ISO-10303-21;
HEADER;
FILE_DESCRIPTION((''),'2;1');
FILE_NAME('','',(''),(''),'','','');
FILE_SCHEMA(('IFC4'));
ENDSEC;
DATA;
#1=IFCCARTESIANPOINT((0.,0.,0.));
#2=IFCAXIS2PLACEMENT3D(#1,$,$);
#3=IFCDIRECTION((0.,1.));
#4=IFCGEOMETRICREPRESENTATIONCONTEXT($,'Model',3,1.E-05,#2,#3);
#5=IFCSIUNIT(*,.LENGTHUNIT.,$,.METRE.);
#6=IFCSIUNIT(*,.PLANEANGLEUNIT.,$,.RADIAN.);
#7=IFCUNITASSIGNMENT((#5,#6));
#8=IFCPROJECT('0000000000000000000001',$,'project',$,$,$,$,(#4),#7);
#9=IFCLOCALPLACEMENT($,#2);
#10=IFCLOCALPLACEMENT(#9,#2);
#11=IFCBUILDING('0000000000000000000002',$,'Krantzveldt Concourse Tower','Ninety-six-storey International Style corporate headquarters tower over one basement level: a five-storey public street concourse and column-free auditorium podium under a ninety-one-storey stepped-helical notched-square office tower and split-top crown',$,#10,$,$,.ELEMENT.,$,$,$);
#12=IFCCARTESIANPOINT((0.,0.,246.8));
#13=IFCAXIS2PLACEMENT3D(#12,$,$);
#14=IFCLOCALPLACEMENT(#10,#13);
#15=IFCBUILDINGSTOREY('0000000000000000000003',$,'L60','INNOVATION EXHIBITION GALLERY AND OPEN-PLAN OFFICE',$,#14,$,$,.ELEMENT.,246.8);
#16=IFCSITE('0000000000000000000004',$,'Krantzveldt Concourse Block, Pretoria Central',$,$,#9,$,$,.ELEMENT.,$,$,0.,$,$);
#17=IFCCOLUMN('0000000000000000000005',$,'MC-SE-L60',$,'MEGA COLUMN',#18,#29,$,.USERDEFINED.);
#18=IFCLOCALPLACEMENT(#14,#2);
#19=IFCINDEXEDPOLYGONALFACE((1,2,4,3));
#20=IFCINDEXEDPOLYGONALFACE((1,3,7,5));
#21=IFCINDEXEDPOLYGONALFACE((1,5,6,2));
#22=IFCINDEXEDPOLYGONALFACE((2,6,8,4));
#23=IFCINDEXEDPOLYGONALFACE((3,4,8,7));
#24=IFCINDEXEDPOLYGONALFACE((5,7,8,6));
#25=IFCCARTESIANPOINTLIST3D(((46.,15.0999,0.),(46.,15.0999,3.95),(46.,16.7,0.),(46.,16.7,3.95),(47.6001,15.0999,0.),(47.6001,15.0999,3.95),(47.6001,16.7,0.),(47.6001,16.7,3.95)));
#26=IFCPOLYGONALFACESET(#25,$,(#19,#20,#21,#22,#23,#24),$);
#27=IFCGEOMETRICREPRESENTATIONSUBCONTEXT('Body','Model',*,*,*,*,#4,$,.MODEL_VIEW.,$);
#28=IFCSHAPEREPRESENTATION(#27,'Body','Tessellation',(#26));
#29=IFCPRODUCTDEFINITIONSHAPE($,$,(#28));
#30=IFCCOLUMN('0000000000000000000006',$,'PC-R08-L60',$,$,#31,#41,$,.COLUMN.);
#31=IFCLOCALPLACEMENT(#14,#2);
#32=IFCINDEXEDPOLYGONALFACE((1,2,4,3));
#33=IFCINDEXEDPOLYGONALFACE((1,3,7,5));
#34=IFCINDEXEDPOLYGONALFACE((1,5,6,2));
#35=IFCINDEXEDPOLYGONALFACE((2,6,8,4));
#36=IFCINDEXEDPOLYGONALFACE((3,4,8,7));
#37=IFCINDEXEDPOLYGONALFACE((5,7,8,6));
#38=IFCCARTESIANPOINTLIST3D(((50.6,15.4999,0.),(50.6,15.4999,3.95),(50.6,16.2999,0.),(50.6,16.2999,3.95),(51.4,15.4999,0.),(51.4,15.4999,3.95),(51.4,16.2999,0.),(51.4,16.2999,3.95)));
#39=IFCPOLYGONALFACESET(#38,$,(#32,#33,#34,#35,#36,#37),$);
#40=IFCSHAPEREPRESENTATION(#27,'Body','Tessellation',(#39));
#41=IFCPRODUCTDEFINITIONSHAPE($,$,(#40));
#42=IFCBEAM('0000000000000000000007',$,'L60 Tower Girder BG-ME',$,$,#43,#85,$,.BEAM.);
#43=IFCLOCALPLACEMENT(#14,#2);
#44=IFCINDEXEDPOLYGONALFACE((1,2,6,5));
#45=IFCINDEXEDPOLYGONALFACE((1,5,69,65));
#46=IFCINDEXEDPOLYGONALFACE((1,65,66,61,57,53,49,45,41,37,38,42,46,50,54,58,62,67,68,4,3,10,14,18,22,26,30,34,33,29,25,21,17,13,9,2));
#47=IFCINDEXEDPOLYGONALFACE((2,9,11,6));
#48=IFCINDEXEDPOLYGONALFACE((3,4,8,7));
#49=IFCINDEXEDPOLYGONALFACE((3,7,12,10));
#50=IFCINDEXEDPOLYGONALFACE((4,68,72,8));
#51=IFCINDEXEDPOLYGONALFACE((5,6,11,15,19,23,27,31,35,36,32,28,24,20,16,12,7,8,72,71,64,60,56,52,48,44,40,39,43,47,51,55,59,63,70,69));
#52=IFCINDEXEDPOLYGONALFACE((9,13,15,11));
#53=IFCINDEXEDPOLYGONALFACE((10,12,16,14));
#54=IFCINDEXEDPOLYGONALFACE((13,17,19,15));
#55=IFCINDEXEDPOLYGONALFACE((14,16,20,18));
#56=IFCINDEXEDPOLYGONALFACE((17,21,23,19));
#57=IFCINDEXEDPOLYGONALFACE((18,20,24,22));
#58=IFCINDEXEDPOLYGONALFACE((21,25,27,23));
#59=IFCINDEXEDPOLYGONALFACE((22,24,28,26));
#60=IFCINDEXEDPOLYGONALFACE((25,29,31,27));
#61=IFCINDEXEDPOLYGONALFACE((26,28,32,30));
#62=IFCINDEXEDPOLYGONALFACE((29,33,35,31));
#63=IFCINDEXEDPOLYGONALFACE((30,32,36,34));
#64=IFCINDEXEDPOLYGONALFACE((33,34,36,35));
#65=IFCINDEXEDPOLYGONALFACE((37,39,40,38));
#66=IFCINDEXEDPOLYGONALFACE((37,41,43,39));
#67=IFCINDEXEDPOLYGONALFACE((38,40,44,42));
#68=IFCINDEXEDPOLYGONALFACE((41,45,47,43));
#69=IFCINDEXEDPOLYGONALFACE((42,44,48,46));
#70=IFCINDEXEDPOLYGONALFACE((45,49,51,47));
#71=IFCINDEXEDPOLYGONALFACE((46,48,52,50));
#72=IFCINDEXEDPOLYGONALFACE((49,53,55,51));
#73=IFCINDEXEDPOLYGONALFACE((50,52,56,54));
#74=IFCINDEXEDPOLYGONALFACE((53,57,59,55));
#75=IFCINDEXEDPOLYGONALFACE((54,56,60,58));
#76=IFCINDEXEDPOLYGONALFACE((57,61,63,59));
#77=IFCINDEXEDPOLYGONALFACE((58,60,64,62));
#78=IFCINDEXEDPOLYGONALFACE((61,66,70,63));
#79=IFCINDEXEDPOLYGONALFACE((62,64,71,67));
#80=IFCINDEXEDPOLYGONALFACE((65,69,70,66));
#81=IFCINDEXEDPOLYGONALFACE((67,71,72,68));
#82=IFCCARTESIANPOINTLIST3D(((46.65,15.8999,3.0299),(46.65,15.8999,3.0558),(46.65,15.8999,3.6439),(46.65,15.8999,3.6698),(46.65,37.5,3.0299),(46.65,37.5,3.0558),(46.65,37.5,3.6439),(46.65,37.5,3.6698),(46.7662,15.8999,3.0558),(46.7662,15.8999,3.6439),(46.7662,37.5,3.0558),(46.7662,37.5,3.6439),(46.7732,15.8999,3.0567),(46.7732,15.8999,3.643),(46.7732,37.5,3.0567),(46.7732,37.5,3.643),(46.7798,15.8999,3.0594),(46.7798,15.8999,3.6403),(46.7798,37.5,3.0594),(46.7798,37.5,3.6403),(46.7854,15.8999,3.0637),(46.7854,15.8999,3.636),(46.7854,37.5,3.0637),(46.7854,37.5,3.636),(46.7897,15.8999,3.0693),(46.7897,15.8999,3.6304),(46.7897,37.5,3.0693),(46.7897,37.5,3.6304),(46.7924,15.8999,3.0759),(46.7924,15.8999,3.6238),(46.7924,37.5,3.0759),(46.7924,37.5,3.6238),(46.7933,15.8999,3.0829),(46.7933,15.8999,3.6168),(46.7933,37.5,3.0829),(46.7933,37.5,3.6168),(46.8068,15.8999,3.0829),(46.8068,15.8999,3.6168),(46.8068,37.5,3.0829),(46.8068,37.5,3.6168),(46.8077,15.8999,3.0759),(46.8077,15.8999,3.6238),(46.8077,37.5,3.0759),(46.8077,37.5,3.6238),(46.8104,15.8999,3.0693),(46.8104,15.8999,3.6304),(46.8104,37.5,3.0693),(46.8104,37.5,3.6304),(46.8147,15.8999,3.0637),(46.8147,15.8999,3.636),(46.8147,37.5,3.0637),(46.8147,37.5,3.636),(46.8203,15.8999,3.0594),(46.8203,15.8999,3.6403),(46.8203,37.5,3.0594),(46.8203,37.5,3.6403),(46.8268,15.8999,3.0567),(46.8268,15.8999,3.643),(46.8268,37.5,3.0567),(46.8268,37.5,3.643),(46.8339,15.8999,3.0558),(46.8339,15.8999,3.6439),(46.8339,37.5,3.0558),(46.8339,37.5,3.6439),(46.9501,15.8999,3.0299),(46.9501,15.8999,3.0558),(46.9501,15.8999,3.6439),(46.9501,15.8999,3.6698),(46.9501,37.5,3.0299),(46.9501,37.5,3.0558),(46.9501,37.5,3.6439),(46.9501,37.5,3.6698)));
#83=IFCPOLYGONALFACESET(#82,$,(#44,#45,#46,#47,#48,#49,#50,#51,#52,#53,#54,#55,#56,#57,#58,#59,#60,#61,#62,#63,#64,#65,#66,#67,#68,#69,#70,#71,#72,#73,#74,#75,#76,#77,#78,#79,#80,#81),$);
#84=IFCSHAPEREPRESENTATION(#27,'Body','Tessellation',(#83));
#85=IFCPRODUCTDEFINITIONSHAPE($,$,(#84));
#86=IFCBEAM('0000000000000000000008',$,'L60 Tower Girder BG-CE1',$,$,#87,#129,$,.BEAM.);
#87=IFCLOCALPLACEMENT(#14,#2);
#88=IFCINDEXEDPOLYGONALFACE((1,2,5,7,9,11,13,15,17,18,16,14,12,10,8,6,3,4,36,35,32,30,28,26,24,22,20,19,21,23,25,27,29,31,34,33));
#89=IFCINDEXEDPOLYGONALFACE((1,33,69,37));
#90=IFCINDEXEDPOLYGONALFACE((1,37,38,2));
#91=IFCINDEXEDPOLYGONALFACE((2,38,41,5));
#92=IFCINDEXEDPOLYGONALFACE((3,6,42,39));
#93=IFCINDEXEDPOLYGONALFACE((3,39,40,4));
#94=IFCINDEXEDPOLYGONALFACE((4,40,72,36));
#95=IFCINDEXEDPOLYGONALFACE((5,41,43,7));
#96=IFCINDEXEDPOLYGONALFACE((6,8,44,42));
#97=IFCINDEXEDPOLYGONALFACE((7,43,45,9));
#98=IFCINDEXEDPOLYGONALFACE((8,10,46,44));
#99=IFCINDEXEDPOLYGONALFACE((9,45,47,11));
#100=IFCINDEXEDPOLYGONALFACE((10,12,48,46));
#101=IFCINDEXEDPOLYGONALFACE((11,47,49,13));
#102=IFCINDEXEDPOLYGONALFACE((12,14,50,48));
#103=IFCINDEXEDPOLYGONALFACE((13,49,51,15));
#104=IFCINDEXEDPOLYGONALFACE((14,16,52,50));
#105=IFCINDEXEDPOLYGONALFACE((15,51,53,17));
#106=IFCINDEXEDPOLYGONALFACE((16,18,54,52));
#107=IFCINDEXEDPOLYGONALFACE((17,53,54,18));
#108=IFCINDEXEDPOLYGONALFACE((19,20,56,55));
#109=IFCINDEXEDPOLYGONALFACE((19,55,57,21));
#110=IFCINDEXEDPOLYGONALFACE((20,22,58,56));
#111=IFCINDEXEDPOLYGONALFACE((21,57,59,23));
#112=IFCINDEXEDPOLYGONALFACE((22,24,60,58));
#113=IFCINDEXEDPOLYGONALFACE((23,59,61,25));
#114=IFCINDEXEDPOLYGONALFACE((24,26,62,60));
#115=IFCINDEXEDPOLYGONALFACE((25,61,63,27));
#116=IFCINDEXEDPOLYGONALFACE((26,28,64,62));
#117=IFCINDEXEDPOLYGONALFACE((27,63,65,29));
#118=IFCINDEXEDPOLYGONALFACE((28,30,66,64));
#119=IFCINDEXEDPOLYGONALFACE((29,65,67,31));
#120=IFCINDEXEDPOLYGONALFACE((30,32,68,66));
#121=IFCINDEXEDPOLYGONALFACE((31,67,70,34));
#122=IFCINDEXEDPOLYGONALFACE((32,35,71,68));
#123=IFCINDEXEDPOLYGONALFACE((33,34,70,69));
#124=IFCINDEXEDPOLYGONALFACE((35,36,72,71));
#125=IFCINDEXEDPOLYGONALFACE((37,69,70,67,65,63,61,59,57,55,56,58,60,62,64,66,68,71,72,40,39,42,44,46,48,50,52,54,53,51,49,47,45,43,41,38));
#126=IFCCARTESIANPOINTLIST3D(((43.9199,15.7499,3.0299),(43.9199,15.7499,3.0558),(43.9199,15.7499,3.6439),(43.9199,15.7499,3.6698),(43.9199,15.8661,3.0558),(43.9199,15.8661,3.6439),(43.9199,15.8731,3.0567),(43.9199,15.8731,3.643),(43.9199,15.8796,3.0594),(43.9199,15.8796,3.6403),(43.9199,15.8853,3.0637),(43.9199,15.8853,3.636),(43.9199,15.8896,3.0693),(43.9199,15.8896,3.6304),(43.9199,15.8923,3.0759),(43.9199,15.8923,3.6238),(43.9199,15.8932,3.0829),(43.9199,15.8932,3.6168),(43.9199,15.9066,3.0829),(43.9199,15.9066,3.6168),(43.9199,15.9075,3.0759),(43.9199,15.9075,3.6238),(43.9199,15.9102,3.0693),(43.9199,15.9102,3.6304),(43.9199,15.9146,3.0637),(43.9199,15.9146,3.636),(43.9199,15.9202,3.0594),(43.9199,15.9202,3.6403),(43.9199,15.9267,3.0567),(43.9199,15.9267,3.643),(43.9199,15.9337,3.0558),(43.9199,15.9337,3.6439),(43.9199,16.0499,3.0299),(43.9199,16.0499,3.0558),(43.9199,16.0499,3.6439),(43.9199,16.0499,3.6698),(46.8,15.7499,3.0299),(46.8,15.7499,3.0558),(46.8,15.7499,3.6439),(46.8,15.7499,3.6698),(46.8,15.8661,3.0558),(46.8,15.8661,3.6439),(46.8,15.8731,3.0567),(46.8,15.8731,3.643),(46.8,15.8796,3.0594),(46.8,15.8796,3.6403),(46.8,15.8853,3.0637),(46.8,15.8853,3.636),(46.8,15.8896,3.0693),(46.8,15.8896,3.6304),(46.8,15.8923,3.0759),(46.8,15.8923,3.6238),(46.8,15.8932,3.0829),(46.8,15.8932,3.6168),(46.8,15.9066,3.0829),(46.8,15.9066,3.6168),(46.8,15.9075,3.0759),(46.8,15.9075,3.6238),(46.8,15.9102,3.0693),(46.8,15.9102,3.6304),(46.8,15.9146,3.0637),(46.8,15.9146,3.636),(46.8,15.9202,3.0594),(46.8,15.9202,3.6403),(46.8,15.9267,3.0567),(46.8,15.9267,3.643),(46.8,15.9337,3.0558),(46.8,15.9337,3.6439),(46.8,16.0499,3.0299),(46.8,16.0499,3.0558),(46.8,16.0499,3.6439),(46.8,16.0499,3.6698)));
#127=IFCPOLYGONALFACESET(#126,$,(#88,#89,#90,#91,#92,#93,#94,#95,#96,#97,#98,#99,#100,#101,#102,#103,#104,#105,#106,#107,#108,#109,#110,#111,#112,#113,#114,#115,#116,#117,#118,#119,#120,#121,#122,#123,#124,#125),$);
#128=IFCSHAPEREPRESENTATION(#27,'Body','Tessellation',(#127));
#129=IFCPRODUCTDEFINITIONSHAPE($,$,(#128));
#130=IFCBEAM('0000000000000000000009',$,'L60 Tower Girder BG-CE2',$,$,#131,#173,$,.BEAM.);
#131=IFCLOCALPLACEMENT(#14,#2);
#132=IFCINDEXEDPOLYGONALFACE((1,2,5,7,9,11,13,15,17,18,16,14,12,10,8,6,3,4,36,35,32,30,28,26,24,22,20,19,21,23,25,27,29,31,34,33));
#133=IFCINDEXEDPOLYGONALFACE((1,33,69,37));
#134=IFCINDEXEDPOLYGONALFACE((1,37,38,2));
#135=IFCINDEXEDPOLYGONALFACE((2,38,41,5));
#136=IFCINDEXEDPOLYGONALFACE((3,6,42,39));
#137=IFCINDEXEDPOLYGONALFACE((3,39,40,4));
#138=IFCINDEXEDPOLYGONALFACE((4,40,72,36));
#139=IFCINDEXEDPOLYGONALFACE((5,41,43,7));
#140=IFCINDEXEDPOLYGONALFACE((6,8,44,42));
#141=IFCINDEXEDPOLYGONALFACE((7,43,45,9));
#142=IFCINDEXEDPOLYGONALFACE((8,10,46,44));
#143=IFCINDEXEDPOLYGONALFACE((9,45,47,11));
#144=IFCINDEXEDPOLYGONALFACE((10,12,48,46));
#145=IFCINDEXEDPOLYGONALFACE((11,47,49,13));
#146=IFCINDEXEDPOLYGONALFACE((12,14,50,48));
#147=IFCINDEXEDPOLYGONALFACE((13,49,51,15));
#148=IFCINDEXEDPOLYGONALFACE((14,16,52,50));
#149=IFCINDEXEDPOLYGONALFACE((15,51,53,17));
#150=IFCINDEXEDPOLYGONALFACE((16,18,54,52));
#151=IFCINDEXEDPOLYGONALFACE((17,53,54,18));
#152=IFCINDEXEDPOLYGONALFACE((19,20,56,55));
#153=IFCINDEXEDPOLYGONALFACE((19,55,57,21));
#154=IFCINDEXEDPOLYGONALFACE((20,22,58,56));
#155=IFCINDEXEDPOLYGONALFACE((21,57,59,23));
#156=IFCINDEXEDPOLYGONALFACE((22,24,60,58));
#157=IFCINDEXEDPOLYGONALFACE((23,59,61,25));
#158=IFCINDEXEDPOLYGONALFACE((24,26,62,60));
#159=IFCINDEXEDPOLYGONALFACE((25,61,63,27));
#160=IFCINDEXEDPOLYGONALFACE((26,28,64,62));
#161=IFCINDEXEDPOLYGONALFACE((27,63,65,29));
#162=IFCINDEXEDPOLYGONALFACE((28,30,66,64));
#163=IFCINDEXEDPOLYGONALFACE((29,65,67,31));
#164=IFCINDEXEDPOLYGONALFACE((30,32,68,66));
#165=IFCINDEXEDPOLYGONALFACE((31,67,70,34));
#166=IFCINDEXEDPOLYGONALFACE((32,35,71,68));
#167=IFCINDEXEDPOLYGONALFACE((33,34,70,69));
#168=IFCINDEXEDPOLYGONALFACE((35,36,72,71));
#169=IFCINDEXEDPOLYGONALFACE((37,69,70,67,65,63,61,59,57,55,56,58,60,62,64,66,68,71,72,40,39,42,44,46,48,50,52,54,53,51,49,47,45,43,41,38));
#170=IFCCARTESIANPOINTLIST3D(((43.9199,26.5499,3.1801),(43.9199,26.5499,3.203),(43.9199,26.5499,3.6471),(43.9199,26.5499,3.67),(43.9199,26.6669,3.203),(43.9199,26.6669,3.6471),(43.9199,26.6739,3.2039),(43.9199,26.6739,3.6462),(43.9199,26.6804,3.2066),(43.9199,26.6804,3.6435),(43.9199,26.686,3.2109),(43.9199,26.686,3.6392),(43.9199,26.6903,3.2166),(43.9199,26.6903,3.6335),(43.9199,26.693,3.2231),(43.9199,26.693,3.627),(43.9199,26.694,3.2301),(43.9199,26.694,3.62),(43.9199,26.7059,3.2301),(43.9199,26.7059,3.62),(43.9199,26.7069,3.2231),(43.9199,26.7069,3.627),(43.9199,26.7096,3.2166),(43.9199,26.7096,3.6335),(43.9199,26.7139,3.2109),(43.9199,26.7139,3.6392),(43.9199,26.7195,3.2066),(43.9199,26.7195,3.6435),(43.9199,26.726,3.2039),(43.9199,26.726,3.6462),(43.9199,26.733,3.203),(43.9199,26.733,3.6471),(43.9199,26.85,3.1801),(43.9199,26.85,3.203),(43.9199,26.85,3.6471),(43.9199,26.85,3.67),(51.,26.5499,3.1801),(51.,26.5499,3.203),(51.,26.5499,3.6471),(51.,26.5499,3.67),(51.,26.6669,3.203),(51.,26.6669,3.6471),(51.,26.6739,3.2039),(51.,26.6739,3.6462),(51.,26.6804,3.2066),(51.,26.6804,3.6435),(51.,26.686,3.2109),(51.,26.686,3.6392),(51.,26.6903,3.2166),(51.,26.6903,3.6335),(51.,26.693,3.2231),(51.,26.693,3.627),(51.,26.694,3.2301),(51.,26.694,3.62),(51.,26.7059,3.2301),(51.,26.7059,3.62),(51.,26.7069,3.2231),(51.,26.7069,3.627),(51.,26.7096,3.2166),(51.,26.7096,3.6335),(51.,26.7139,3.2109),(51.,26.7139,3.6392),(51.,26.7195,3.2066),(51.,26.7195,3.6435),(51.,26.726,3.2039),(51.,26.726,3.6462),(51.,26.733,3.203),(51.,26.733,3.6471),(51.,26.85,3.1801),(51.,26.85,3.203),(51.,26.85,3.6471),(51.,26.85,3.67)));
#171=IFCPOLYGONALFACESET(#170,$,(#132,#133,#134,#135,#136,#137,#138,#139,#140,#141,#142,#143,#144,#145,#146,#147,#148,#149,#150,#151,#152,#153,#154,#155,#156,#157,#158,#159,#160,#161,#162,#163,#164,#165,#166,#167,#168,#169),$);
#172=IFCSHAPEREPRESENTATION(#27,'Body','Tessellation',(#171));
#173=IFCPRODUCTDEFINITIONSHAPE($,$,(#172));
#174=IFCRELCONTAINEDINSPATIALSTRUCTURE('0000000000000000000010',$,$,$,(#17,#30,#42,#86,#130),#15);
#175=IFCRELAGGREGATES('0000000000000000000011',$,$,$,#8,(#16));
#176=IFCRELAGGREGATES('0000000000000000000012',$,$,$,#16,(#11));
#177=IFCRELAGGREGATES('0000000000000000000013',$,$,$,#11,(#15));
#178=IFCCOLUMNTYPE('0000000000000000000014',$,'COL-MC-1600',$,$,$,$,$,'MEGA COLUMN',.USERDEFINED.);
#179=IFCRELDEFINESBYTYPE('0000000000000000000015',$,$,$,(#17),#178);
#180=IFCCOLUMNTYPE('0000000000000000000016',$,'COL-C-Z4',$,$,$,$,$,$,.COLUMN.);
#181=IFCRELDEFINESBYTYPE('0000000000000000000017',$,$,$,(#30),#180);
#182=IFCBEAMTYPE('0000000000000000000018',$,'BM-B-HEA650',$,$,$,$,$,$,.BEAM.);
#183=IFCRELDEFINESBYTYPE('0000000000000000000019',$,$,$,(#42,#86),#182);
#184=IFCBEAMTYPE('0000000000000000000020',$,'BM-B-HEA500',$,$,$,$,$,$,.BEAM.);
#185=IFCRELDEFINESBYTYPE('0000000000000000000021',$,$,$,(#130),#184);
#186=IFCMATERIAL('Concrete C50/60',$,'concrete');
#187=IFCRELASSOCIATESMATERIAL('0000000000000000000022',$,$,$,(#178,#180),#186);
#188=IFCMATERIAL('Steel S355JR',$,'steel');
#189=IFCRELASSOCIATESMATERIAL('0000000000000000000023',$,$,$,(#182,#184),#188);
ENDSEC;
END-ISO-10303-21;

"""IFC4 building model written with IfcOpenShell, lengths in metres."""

from ifc_helpers import new_model, si_unit, direction, frame, origin, origin_2d, place, context, subcontext, project, spatial, rectangle, i_section, extrude, source, transform, mapped, material, material_profile, profile_set, type_object, type_shapes, element, save


model = new_model("IFC4")

# Units and contexts
model_context = context("Model", 3, precision=1e-05, world=origin(), true_north=direction((0.0, 1.0)))
body_context = subcontext(model_context, "Body", "Model", "MODEL_VIEW")
ifc_project = project(units=[si_unit("LENGTHUNIT", "METRE"), si_unit("PLANEANGLEUNIT", "RADIAN")], contexts=[model_context])

# Site, building, storey
site_placement = place(None, origin())
site = spatial("IfcSite", under=ifc_project, at=site_placement, Name="Krantzveldt Concourse Block, Pretoria Central", CompositionType="ELEMENT", RefElevation=0.0)
building_placement = place(site_placement, origin())
building = spatial("IfcBuilding", under=site, at=building_placement, Name="Krantzveldt Concourse Tower", Description="Ninety-six-storey International Style corporate headquarters tower over one basement level: a five-storey public street concourse and column-free auditorium podium under a ninety-one-storey stepped-helical notched-square office tower and split-top crown", CompositionType="ELEMENT")
storey_placement = place(building_placement, frame((0.0, 0.0, 246.8)))
storey = spatial("IfcBuildingStorey", under=building, at=storey_placement, Name="L60", Description="INNOVATION EXHIBITION GALLERY AND OPEN-PLAN OFFICE", CompositionType="ELEMENT", Elevation=246.8)

# Columns
ifc_material_1 = material(Name="Concrete C50/60", Category="concrete")
ifc_material_profile_1 = material_profile(ifc_material_1, rectangle(XDim=1.6001, YDim=1.6001, at=origin_2d()), Name="Concrete C50/60", Category="concrete")
ifc_profile_set_1 = profile_set([ifc_material_profile_1], Name="Concrete C50/60 - RC 1600x1600")
column_type_1 = type_object("IfcColumnType", Name="COL-MC-1600", ElementType="MEGA COLUMN", PredefinedType="USERDEFINED", material=ifc_profile_set_1)
shared_shape_1 = source(origin(), body_context, "Body", "SweptSolid", [
    extrude(rectangle(XDim=1.6001, YDim=1.6001, at=origin_2d()), origin(), (0.0, 0.0, 1.0), 3.95),
])
type_shapes(column_type_1, [shared_shape_1])
column_1_placement = place(storey_placement, frame((46.8, 15.8999, 0.0), z_axis=(0.0, 0.0, 1.0), x_axis=(1.0, 0.0, 0.0)))
element("IfcColumn", 1, at=column_1_placement, inside=storey, type_object=column_type_1, Name="MC-SE-L60", ObjectType="MEGA COLUMN", PredefinedType="USERDEFINED", context=body_context, shape_type="MappedRepresentation", body=[
    mapped(shared_shape_1, transform((0.0, 0.0, 0.0), x_axis=(1.0, 0.0, 0.0), y_axis=(0.0, 1.0, 0.0), z_axis=(0.0, 0.0, 1.0), scale=1.0)),
])
ifc_material_profile_2 = material_profile(ifc_material_1, rectangle(XDim=0.8, YDim=0.8, at=origin_2d()), Name="Concrete C50/60", Category="concrete")
ifc_profile_set_2 = profile_set([ifc_material_profile_2], Name="Concrete C50/60 - RC 800x800")
column_type_2 = type_object("IfcColumnType", Name="COL-C-Z4", PredefinedType="COLUMN", material=ifc_profile_set_2)
shared_shape_2 = source(origin(), body_context, "Body", "SweptSolid", [
    extrude(rectangle(XDim=0.8, YDim=0.8, at=origin_2d()), origin(), (0.0, 0.0, 1.0), 3.95),
])
type_shapes(column_type_2, [shared_shape_2])
column_2_placement = place(storey_placement, frame((51.0, 15.8999, 0.0), z_axis=(0.0, 0.0, 1.0), x_axis=(1.0, 0.0, 0.0)))
element("IfcColumn", 2, at=column_2_placement, inside=storey, type_object=column_type_2, Name="PC-R08-L60", PredefinedType="COLUMN", context=body_context, shape_type="MappedRepresentation", body=[
    mapped(shared_shape_2, transform((0.0, 0.0, 0.0), x_axis=(1.0, 0.0, 0.0), y_axis=(0.0, 1.0, 0.0), z_axis=(0.0, 0.0, 1.0), scale=1.0)),
])

# Beams
ifc_material_2 = material(Name="Steel S355JR", Category="steel")
ifc_material_profile_3 = material_profile(ifc_material_2, i_section(OverallWidth=0.3, OverallDepth=0.6399, WebThickness=0.0134, FlangeThickness=0.0259, FilletRadius=0.0271, at=origin_2d()), Name="Steel S355JR", Category="steel")
ifc_profile_set_3 = profile_set([ifc_material_profile_3], Name="Steel S355JR - HEA 650")
beam_type_1 = type_object("IfcBeamType", Name="BM-B-HEA650", PredefinedType="BEAM", material=ifc_profile_set_3)
shared_shape_3 = source(origin(), body_context, "Body", "SweptSolid", [
    extrude(i_section(OverallWidth=0.3, OverallDepth=0.6399, WebThickness=0.0134, FlangeThickness=0.0259, FilletRadius=0.0271, at=origin_2d()), origin(), (0.0, 0.0, 1.0), 21.6001),
])
beam_1_placement = place(storey_placement, frame((46.8, 15.8999, 3.3499), z_axis=(0.0, 1.0, 0.0), x_axis=(-1.0, 0.0, 0.0)))
element("IfcBeam", 3, at=beam_1_placement, inside=storey, type_object=beam_type_1, Name="L60 Tower Girder BG-ME", PredefinedType="BEAM", context=body_context, shape_type="MappedRepresentation", body=[
    mapped(shared_shape_3, transform((0.0, 0.0, 0.0), x_axis=(1.0, 0.0, 0.0), y_axis=(0.0, 1.0, 0.0), z_axis=(0.0, 0.0, 1.0), scale=1.0)),
])
shared_shape_4 = source(origin(), body_context, "Body", "SweptSolid", [
    extrude(i_section(OverallWidth=0.3, OverallDepth=0.6399, WebThickness=0.0134, FlangeThickness=0.0259, FilletRadius=0.0271, at=origin_2d()), origin(), (0.0, 0.0, 1.0), 2.8801),
])
type_shapes(beam_type_1, [shared_shape_3, shared_shape_4])
beam_2_placement = place(storey_placement, frame((43.9199, 15.8999, 3.3499), z_axis=(1.0, 0.0, 0.0), x_axis=(0.0, 1.0, 0.0)))
element("IfcBeam", 4, at=beam_2_placement, inside=storey, type_object=beam_type_1, Name="L60 Tower Girder BG-CE1", PredefinedType="BEAM", context=body_context, shape_type="MappedRepresentation", body=[
    mapped(shared_shape_4, transform((0.0, 0.0, 0.0), x_axis=(1.0, 0.0, 0.0), y_axis=(0.0, 1.0, 0.0), z_axis=(0.0, 0.0, 1.0), scale=1.0)),
])
ifc_material_profile_4 = material_profile(ifc_material_2, i_section(OverallWidth=0.3, OverallDepth=0.49, WebThickness=0.012, FlangeThickness=0.0229, FilletRadius=0.0271, at=origin_2d()), Name="Steel S355JR", Category="steel")
ifc_profile_set_4 = profile_set([ifc_material_profile_4], Name="Steel S355JR - HEA 500")
beam_type_2 = type_object("IfcBeamType", Name="BM-B-HEA500", PredefinedType="BEAM", material=ifc_profile_set_4)
shared_shape_5 = source(origin(), body_context, "Body", "SweptSolid", [
    extrude(i_section(OverallWidth=0.3, OverallDepth=0.49, WebThickness=0.012, FlangeThickness=0.0229, FilletRadius=0.0271, at=origin_2d()), origin(), (0.0, 0.0, 1.0), 7.0801),
])
beam_3_placement = place(storey_placement, frame((43.9199, 26.7, 3.425), z_axis=(1.0, 0.0, 0.0), x_axis=(0.0, 1.0, 0.0)))
element("IfcBeam", 5, at=beam_3_placement, inside=storey, type_object=beam_type_2, Name="L60 Tower Girder BG-CE2", PredefinedType="BEAM", context=body_context, shape_type="MappedRepresentation", body=[
    mapped(shared_shape_5, transform((0.0, 0.0, 0.0), x_axis=(1.0, 0.0, 0.0), y_axis=(0.0, 1.0, 0.0), z_axis=(0.0, 0.0, 1.0), scale=1.0)),
])

save(model, "model.ifc")
